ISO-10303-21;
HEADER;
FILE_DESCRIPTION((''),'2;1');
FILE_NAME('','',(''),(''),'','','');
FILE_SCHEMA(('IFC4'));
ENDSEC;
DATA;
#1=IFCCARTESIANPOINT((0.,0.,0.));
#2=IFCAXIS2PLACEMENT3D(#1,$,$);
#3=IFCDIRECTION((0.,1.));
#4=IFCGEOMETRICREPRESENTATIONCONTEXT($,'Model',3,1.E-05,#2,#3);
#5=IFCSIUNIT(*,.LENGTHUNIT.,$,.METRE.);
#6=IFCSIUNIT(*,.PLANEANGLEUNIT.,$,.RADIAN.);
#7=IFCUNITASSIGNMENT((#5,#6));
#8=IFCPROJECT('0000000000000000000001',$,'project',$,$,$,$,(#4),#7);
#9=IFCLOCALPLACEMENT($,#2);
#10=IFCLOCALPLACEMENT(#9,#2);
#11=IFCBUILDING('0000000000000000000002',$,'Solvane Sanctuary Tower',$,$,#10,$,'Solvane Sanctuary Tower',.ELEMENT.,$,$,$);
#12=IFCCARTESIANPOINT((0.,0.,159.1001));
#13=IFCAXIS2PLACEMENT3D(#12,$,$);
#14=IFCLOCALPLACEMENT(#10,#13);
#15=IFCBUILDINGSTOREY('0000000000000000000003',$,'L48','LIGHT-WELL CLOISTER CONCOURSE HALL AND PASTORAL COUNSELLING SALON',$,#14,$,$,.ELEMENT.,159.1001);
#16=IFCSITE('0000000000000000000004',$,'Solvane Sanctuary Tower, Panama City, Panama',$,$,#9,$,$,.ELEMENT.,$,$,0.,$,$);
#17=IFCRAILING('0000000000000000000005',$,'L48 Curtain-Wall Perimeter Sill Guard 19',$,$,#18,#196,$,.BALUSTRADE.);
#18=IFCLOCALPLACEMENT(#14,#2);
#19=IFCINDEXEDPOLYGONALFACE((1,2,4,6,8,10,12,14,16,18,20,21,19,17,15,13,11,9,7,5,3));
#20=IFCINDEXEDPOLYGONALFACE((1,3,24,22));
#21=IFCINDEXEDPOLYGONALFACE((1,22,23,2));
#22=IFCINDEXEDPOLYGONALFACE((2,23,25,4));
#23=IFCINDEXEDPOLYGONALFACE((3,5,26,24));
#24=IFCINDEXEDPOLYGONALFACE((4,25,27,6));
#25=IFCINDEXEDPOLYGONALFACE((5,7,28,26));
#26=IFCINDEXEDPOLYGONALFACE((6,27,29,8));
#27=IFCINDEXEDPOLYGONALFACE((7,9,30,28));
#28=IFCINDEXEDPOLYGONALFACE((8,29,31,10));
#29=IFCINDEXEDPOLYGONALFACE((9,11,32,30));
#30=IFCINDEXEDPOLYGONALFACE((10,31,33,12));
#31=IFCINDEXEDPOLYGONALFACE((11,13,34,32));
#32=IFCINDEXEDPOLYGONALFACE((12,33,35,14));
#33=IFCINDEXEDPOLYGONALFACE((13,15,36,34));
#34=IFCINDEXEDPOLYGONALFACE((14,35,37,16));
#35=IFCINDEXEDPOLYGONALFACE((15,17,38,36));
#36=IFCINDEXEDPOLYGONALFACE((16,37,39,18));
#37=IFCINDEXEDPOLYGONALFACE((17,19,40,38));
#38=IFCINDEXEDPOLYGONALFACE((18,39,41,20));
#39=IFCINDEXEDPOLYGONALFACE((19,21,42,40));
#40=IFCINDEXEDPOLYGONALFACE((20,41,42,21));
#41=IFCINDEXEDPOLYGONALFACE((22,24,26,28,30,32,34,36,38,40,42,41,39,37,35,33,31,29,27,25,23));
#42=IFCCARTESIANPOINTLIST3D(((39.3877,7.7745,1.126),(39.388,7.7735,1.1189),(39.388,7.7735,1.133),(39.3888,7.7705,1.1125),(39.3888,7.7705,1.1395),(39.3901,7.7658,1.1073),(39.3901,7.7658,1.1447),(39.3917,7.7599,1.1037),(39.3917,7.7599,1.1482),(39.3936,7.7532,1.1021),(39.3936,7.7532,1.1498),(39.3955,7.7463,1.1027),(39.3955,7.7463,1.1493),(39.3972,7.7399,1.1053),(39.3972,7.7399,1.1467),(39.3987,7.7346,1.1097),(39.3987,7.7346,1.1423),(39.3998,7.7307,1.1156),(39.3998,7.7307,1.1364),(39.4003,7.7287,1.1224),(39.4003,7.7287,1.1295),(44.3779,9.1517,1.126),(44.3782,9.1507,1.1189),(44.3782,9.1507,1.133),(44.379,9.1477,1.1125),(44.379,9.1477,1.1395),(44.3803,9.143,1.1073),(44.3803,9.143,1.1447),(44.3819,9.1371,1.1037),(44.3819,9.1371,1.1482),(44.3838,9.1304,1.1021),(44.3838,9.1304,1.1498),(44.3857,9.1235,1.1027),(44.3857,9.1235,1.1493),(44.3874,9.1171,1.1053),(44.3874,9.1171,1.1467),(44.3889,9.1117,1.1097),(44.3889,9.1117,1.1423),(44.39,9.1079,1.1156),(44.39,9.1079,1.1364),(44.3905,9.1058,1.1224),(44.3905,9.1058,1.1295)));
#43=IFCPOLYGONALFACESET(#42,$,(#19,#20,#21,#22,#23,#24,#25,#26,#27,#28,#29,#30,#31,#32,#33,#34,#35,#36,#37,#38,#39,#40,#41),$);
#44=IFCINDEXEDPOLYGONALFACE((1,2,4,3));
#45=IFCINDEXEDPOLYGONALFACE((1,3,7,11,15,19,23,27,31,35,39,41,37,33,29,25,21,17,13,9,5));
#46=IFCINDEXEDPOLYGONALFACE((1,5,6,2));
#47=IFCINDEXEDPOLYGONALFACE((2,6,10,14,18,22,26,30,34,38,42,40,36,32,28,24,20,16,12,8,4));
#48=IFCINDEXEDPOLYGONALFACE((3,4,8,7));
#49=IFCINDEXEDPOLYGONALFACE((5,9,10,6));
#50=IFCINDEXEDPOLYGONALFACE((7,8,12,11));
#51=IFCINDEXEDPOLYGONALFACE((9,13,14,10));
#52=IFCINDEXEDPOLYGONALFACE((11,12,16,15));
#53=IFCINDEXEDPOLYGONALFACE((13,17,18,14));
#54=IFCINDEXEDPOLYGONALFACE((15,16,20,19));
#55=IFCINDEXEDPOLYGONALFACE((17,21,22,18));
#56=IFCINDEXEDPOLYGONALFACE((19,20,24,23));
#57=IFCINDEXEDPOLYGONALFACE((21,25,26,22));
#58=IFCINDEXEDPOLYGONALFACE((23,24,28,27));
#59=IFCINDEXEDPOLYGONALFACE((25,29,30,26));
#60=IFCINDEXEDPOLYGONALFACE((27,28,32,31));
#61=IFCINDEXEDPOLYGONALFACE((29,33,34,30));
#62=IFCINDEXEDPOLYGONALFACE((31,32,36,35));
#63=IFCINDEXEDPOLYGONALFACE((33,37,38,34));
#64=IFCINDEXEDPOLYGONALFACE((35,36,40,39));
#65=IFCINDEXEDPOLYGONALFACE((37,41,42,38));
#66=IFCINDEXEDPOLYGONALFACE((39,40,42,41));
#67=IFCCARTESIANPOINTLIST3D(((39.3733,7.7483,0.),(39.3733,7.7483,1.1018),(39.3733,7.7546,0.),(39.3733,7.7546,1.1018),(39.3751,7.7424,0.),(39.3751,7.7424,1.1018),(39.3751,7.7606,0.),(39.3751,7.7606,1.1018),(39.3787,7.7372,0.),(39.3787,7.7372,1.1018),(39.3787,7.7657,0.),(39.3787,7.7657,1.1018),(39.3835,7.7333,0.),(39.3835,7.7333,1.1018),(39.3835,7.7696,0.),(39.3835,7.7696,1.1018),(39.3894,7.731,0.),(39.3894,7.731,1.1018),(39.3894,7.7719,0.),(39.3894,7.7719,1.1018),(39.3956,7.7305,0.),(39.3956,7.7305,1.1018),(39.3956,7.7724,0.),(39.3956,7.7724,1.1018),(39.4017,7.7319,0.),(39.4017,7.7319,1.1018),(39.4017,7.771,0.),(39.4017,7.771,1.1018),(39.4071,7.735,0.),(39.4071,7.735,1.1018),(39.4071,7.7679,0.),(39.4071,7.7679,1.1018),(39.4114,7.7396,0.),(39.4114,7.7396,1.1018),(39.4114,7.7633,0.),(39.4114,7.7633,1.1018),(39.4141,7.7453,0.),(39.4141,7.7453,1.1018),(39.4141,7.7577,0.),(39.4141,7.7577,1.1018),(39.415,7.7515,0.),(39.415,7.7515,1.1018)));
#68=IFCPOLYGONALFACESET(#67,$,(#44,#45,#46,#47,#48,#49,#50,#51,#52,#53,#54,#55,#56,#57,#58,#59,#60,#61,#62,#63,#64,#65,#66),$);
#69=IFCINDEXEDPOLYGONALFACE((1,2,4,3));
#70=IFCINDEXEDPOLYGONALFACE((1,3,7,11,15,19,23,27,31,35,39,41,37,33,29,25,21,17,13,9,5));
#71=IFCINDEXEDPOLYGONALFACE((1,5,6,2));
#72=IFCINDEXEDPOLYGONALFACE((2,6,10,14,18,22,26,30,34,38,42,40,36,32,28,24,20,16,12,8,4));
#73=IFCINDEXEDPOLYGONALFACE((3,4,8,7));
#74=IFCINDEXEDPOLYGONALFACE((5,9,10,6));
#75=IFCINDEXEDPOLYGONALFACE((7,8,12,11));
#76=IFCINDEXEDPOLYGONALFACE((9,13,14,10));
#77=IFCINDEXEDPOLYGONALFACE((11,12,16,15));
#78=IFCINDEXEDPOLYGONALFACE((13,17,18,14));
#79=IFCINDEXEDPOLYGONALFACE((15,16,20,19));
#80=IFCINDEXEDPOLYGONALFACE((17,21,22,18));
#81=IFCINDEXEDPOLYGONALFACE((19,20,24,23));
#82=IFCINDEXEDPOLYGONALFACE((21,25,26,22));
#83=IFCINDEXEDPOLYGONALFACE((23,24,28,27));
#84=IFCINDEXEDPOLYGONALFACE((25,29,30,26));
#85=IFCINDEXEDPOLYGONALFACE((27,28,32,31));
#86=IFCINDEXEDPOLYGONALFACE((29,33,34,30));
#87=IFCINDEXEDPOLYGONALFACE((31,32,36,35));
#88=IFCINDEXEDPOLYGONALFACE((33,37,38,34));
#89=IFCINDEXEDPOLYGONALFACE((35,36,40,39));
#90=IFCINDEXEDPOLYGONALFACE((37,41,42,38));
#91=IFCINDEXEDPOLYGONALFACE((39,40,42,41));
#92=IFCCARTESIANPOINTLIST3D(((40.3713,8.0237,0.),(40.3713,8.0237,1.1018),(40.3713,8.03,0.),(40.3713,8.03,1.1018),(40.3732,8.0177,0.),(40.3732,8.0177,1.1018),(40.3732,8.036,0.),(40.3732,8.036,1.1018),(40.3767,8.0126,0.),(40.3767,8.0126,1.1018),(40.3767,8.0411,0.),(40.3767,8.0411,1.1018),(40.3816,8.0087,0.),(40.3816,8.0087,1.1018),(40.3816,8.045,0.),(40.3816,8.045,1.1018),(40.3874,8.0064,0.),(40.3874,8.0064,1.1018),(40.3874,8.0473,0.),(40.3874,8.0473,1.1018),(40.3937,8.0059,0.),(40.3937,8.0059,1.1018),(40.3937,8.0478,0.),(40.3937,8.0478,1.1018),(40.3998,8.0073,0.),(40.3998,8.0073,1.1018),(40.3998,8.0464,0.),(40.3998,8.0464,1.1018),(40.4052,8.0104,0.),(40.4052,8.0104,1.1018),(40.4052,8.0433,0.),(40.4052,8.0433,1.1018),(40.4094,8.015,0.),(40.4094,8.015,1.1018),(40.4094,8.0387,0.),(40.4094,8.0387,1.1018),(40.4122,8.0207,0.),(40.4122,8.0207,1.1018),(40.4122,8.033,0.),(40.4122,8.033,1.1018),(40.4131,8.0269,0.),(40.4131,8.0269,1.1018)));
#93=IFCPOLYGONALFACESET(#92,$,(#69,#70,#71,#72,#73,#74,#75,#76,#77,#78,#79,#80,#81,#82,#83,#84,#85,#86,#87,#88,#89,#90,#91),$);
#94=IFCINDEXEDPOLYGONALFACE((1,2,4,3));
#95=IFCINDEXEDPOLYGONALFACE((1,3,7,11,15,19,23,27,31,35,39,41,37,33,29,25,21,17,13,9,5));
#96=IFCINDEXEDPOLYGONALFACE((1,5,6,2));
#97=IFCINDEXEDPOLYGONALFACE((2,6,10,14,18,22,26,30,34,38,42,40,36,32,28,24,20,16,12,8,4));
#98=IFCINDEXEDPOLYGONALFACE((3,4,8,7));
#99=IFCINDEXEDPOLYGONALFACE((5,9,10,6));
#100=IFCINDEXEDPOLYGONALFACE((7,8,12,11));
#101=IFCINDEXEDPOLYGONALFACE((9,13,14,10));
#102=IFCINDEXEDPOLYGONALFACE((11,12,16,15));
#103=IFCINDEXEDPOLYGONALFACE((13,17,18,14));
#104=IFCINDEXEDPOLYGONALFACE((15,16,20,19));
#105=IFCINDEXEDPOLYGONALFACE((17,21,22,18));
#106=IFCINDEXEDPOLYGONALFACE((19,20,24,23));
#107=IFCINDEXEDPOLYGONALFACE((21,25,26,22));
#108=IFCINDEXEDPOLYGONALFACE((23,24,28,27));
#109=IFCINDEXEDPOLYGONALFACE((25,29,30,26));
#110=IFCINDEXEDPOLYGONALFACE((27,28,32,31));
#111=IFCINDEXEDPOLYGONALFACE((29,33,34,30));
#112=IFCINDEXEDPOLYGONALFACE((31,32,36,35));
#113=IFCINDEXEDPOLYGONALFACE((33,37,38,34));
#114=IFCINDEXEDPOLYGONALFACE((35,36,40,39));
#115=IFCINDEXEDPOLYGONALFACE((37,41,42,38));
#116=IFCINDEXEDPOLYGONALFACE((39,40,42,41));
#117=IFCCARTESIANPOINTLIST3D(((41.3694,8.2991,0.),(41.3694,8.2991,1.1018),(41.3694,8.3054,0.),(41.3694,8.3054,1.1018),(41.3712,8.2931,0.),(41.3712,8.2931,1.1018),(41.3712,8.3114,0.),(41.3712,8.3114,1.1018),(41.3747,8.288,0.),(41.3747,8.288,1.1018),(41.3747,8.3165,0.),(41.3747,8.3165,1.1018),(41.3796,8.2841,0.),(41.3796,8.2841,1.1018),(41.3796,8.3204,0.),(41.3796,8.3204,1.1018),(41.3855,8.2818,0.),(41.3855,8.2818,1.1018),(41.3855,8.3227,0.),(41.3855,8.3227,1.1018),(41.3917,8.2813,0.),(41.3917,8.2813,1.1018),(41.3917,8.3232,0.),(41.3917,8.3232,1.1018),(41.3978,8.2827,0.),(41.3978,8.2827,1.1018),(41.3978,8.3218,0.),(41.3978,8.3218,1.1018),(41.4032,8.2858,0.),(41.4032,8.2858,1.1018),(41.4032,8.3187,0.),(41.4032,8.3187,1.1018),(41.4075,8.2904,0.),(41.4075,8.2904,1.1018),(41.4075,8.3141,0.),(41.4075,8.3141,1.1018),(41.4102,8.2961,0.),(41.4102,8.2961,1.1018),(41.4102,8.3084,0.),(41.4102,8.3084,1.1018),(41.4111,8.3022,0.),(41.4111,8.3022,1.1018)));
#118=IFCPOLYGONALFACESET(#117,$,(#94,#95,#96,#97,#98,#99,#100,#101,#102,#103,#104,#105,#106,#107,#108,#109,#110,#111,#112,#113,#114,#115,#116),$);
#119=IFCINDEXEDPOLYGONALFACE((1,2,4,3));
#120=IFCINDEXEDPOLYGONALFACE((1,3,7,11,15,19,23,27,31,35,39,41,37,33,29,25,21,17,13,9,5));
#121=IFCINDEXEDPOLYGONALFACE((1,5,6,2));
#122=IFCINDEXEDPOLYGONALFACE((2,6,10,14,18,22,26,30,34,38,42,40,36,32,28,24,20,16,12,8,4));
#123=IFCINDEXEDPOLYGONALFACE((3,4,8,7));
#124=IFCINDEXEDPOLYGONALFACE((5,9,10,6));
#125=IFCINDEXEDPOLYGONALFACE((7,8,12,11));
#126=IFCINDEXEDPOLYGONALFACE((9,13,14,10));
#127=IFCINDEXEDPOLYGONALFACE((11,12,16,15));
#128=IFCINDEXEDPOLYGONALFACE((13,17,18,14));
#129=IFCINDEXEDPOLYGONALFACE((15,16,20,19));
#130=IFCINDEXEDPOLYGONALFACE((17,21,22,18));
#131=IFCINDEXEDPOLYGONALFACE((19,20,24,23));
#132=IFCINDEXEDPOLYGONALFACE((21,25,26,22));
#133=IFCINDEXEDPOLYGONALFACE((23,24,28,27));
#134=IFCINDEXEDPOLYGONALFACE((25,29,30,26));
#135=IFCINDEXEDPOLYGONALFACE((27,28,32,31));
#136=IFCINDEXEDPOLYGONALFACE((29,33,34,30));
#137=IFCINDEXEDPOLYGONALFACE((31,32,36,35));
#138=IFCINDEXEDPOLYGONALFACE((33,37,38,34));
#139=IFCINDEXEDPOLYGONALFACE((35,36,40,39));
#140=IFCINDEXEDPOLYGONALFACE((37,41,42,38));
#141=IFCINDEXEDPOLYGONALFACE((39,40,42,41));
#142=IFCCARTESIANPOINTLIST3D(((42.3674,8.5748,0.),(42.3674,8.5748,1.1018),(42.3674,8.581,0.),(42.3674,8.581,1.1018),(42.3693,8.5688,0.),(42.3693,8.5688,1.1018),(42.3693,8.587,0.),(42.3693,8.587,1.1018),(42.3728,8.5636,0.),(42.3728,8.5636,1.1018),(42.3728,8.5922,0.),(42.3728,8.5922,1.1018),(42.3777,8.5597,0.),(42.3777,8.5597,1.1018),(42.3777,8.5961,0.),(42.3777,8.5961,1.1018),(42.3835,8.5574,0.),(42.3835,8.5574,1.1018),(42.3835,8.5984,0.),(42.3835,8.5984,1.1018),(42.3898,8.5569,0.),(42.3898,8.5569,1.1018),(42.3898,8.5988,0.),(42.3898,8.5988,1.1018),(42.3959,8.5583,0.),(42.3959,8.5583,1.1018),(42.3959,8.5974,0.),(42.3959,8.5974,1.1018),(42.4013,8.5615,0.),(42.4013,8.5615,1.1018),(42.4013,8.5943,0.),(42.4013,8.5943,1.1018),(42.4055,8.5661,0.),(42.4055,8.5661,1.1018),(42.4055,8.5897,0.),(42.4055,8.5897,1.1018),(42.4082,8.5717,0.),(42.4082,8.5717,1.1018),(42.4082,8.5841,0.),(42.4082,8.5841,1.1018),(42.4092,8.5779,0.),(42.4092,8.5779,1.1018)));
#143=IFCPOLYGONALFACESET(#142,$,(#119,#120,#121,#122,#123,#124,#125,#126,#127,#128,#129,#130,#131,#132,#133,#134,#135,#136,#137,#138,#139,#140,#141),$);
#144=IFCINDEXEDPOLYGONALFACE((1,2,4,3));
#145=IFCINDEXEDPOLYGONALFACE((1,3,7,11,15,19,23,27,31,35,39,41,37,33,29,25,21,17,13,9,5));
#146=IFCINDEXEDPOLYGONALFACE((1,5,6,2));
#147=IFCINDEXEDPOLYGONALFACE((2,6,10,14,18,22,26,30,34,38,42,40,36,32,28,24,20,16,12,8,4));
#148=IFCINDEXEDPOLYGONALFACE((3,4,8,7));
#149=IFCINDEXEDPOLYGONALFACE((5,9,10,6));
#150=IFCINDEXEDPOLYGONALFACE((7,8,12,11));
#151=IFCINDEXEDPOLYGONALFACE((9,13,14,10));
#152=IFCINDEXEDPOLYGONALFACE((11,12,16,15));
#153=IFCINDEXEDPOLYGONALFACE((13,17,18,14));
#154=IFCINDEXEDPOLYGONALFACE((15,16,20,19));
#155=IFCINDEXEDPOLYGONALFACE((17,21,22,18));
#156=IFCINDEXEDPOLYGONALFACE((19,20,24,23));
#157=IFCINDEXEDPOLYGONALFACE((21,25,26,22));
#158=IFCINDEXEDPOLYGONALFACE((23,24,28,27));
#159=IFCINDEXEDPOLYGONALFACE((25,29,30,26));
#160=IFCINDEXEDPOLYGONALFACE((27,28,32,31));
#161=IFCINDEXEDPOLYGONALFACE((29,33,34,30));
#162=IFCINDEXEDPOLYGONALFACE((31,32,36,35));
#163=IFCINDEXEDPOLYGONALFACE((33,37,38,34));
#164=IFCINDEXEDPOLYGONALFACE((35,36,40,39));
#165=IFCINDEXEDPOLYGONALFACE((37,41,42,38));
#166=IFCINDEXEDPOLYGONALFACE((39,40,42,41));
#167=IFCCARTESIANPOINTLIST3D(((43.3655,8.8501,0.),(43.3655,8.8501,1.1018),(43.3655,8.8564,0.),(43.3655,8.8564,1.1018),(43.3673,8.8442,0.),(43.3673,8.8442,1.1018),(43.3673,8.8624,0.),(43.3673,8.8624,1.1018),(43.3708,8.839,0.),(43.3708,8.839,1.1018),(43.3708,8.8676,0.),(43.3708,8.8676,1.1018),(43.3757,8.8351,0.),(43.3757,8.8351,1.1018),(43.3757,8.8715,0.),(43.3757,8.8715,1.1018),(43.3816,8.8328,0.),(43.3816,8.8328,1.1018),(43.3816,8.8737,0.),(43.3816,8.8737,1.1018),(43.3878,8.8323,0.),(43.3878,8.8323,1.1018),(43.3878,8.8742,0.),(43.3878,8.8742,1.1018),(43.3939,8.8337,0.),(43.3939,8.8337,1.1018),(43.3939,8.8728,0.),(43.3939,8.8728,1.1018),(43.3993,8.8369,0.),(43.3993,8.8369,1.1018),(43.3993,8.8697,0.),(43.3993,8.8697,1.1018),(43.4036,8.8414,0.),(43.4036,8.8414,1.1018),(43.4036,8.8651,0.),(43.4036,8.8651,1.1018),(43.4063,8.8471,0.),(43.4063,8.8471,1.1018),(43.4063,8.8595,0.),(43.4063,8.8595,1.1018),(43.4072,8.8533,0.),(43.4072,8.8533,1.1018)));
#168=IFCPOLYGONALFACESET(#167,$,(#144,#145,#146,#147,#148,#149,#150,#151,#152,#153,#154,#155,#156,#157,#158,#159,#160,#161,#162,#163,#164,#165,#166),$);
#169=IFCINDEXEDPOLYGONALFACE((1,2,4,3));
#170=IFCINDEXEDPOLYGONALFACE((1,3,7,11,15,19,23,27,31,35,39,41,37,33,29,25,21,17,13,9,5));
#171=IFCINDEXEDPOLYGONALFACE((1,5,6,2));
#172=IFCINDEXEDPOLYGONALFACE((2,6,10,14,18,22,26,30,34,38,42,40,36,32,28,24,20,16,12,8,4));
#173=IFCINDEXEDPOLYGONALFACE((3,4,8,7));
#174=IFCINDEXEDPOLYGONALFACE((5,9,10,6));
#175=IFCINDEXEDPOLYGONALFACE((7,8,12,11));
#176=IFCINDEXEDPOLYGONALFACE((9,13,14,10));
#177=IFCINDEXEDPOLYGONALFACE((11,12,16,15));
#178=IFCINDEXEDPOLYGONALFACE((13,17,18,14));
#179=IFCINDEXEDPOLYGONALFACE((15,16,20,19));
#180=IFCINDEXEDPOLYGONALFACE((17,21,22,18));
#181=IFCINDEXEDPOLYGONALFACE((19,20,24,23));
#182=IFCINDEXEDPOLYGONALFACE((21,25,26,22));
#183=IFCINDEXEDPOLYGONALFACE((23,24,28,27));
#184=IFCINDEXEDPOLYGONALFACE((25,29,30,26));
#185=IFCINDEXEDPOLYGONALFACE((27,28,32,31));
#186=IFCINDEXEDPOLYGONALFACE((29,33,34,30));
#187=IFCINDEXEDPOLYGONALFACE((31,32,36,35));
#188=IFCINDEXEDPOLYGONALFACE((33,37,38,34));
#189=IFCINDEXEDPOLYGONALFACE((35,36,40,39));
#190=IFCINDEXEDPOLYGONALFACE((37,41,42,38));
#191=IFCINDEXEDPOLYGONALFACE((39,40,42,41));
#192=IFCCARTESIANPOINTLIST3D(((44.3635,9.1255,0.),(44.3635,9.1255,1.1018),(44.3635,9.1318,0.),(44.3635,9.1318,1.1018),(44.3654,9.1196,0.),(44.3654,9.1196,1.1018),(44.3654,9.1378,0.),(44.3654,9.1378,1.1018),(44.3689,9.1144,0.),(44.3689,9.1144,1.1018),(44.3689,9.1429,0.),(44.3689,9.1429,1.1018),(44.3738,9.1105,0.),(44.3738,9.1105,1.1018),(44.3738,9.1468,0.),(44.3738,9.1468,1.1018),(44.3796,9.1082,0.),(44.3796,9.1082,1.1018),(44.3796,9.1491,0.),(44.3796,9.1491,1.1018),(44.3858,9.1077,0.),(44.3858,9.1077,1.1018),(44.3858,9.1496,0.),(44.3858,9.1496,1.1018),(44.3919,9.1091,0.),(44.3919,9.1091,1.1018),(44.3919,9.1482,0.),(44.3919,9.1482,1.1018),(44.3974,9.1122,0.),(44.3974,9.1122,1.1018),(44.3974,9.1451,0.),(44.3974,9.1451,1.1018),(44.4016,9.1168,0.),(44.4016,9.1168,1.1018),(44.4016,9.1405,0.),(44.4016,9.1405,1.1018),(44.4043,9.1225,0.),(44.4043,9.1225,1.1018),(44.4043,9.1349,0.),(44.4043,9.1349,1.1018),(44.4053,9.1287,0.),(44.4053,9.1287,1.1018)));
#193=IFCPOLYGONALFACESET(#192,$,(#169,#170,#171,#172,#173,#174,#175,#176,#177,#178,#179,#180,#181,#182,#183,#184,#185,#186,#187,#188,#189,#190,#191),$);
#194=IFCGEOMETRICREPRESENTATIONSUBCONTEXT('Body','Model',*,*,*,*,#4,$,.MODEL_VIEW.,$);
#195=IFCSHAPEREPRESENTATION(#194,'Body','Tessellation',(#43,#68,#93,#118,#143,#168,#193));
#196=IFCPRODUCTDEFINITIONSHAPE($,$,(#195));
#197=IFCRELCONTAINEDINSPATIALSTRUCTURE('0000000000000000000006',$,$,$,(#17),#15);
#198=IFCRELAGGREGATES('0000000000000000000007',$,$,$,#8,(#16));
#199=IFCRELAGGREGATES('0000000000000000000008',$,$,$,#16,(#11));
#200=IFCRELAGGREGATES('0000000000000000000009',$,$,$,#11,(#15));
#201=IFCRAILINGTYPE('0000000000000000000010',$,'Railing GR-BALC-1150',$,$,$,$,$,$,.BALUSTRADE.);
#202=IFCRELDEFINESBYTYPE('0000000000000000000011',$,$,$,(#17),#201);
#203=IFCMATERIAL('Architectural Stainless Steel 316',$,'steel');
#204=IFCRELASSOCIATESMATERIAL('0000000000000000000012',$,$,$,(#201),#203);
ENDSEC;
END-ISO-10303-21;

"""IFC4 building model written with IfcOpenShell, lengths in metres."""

from ifc_helpers import new_model, si_unit, direction, frame, origin, origin_2d, place, context, subcontext, project, spatial, circle, extrude, material, type_object, element, save


model = new_model("IFC4")

# Units and contexts
model_context = context("Model", 3, precision=1e-05, world=origin(), true_north=direction((0.0, 1.0)))
body_context = subcontext(model_context, "Body", "Model", "MODEL_VIEW")
ifc_project = project(units=[si_unit("LENGTHUNIT", "METRE"), si_unit("PLANEANGLEUNIT", "RADIAN")], contexts=[model_context])

# Site, building, storey
site_placement = place(None, origin())
site = spatial("IfcSite", under=ifc_project, at=site_placement, Name="Solvane Sanctuary Tower, Panama City, Panama", CompositionType="ELEMENT", RefElevation=0.0)
building_placement = place(site_placement, origin())
building = spatial("IfcBuilding", under=site, at=building_placement, Name="Solvane Sanctuary Tower", LongName="Solvane Sanctuary Tower", CompositionType="ELEMENT")
storey_placement = place(building_placement, frame((0.0, 0.0, 159.1001)))
storey = spatial("IfcBuildingStorey", under=building, at=storey_placement, Name="L48", Description="LIGHT-WELL CLOISTER CONCOURSE HALL AND PASTORAL COUNSELLING SALON", CompositionType="ELEMENT", Elevation=159.1001)

# Railing
ifc_material_1 = material(Name="Architectural Stainless Steel 316", Category="steel")
railing_type = type_object("IfcRailingType", Name="Railing GR-BALC-1150", PredefinedType="BALUSTRADE", material=ifc_material_1)
railing_placement = place(storey_placement, frame((39.394, 7.7515, 0.0)))
element("IfcRailing", 1, at=railing_placement, inside=storey, type_object=railing_type, Name="L48 Curtain-Wall Perimeter Sill Guard 19", PredefinedType="BALUSTRADE", context=body_context, shape_type="SweptSolid", body=[
    extrude(circle(Radius=0.0239, at=origin_2d()), frame((0.0, 0.0, 1.126), z_axis=(0.963964, 0.266033, 0.0), x_axis=(-0.266033, 0.963964, 0.0)), (0.0, 0.0, 1.0), 5.1768),
    extrude(circle(Radius=0.021, at=origin_2d()), origin(), (0.0, 0.0, 1.0), 1.1018),
    extrude(circle(Radius=0.021, at=origin_2d()), frame((0.998, 0.2754, 0.0)), (0.0, 0.0, 1.0), 1.1018),
    extrude(circle(Radius=0.021, at=origin_2d()), frame((1.9961, 0.5508, 0.0)), (0.0, 0.0, 1.0), 1.1018),
    extrude(circle(Radius=0.021, at=origin_2d()), frame((2.9941, 0.8264, 0.0)), (0.0, 0.0, 1.0), 1.1018),
    extrude(circle(Radius=0.021, at=origin_2d()), frame((3.9922, 1.1018, 0.0)), (0.0, 0.0, 1.0), 1.1018),
    extrude(circle(Radius=0.021, at=origin_2d()), frame((4.9902, 1.3772, 0.0)), (0.0, 0.0, 1.0), 1.1018),
])

save(model, "model.ifc")
